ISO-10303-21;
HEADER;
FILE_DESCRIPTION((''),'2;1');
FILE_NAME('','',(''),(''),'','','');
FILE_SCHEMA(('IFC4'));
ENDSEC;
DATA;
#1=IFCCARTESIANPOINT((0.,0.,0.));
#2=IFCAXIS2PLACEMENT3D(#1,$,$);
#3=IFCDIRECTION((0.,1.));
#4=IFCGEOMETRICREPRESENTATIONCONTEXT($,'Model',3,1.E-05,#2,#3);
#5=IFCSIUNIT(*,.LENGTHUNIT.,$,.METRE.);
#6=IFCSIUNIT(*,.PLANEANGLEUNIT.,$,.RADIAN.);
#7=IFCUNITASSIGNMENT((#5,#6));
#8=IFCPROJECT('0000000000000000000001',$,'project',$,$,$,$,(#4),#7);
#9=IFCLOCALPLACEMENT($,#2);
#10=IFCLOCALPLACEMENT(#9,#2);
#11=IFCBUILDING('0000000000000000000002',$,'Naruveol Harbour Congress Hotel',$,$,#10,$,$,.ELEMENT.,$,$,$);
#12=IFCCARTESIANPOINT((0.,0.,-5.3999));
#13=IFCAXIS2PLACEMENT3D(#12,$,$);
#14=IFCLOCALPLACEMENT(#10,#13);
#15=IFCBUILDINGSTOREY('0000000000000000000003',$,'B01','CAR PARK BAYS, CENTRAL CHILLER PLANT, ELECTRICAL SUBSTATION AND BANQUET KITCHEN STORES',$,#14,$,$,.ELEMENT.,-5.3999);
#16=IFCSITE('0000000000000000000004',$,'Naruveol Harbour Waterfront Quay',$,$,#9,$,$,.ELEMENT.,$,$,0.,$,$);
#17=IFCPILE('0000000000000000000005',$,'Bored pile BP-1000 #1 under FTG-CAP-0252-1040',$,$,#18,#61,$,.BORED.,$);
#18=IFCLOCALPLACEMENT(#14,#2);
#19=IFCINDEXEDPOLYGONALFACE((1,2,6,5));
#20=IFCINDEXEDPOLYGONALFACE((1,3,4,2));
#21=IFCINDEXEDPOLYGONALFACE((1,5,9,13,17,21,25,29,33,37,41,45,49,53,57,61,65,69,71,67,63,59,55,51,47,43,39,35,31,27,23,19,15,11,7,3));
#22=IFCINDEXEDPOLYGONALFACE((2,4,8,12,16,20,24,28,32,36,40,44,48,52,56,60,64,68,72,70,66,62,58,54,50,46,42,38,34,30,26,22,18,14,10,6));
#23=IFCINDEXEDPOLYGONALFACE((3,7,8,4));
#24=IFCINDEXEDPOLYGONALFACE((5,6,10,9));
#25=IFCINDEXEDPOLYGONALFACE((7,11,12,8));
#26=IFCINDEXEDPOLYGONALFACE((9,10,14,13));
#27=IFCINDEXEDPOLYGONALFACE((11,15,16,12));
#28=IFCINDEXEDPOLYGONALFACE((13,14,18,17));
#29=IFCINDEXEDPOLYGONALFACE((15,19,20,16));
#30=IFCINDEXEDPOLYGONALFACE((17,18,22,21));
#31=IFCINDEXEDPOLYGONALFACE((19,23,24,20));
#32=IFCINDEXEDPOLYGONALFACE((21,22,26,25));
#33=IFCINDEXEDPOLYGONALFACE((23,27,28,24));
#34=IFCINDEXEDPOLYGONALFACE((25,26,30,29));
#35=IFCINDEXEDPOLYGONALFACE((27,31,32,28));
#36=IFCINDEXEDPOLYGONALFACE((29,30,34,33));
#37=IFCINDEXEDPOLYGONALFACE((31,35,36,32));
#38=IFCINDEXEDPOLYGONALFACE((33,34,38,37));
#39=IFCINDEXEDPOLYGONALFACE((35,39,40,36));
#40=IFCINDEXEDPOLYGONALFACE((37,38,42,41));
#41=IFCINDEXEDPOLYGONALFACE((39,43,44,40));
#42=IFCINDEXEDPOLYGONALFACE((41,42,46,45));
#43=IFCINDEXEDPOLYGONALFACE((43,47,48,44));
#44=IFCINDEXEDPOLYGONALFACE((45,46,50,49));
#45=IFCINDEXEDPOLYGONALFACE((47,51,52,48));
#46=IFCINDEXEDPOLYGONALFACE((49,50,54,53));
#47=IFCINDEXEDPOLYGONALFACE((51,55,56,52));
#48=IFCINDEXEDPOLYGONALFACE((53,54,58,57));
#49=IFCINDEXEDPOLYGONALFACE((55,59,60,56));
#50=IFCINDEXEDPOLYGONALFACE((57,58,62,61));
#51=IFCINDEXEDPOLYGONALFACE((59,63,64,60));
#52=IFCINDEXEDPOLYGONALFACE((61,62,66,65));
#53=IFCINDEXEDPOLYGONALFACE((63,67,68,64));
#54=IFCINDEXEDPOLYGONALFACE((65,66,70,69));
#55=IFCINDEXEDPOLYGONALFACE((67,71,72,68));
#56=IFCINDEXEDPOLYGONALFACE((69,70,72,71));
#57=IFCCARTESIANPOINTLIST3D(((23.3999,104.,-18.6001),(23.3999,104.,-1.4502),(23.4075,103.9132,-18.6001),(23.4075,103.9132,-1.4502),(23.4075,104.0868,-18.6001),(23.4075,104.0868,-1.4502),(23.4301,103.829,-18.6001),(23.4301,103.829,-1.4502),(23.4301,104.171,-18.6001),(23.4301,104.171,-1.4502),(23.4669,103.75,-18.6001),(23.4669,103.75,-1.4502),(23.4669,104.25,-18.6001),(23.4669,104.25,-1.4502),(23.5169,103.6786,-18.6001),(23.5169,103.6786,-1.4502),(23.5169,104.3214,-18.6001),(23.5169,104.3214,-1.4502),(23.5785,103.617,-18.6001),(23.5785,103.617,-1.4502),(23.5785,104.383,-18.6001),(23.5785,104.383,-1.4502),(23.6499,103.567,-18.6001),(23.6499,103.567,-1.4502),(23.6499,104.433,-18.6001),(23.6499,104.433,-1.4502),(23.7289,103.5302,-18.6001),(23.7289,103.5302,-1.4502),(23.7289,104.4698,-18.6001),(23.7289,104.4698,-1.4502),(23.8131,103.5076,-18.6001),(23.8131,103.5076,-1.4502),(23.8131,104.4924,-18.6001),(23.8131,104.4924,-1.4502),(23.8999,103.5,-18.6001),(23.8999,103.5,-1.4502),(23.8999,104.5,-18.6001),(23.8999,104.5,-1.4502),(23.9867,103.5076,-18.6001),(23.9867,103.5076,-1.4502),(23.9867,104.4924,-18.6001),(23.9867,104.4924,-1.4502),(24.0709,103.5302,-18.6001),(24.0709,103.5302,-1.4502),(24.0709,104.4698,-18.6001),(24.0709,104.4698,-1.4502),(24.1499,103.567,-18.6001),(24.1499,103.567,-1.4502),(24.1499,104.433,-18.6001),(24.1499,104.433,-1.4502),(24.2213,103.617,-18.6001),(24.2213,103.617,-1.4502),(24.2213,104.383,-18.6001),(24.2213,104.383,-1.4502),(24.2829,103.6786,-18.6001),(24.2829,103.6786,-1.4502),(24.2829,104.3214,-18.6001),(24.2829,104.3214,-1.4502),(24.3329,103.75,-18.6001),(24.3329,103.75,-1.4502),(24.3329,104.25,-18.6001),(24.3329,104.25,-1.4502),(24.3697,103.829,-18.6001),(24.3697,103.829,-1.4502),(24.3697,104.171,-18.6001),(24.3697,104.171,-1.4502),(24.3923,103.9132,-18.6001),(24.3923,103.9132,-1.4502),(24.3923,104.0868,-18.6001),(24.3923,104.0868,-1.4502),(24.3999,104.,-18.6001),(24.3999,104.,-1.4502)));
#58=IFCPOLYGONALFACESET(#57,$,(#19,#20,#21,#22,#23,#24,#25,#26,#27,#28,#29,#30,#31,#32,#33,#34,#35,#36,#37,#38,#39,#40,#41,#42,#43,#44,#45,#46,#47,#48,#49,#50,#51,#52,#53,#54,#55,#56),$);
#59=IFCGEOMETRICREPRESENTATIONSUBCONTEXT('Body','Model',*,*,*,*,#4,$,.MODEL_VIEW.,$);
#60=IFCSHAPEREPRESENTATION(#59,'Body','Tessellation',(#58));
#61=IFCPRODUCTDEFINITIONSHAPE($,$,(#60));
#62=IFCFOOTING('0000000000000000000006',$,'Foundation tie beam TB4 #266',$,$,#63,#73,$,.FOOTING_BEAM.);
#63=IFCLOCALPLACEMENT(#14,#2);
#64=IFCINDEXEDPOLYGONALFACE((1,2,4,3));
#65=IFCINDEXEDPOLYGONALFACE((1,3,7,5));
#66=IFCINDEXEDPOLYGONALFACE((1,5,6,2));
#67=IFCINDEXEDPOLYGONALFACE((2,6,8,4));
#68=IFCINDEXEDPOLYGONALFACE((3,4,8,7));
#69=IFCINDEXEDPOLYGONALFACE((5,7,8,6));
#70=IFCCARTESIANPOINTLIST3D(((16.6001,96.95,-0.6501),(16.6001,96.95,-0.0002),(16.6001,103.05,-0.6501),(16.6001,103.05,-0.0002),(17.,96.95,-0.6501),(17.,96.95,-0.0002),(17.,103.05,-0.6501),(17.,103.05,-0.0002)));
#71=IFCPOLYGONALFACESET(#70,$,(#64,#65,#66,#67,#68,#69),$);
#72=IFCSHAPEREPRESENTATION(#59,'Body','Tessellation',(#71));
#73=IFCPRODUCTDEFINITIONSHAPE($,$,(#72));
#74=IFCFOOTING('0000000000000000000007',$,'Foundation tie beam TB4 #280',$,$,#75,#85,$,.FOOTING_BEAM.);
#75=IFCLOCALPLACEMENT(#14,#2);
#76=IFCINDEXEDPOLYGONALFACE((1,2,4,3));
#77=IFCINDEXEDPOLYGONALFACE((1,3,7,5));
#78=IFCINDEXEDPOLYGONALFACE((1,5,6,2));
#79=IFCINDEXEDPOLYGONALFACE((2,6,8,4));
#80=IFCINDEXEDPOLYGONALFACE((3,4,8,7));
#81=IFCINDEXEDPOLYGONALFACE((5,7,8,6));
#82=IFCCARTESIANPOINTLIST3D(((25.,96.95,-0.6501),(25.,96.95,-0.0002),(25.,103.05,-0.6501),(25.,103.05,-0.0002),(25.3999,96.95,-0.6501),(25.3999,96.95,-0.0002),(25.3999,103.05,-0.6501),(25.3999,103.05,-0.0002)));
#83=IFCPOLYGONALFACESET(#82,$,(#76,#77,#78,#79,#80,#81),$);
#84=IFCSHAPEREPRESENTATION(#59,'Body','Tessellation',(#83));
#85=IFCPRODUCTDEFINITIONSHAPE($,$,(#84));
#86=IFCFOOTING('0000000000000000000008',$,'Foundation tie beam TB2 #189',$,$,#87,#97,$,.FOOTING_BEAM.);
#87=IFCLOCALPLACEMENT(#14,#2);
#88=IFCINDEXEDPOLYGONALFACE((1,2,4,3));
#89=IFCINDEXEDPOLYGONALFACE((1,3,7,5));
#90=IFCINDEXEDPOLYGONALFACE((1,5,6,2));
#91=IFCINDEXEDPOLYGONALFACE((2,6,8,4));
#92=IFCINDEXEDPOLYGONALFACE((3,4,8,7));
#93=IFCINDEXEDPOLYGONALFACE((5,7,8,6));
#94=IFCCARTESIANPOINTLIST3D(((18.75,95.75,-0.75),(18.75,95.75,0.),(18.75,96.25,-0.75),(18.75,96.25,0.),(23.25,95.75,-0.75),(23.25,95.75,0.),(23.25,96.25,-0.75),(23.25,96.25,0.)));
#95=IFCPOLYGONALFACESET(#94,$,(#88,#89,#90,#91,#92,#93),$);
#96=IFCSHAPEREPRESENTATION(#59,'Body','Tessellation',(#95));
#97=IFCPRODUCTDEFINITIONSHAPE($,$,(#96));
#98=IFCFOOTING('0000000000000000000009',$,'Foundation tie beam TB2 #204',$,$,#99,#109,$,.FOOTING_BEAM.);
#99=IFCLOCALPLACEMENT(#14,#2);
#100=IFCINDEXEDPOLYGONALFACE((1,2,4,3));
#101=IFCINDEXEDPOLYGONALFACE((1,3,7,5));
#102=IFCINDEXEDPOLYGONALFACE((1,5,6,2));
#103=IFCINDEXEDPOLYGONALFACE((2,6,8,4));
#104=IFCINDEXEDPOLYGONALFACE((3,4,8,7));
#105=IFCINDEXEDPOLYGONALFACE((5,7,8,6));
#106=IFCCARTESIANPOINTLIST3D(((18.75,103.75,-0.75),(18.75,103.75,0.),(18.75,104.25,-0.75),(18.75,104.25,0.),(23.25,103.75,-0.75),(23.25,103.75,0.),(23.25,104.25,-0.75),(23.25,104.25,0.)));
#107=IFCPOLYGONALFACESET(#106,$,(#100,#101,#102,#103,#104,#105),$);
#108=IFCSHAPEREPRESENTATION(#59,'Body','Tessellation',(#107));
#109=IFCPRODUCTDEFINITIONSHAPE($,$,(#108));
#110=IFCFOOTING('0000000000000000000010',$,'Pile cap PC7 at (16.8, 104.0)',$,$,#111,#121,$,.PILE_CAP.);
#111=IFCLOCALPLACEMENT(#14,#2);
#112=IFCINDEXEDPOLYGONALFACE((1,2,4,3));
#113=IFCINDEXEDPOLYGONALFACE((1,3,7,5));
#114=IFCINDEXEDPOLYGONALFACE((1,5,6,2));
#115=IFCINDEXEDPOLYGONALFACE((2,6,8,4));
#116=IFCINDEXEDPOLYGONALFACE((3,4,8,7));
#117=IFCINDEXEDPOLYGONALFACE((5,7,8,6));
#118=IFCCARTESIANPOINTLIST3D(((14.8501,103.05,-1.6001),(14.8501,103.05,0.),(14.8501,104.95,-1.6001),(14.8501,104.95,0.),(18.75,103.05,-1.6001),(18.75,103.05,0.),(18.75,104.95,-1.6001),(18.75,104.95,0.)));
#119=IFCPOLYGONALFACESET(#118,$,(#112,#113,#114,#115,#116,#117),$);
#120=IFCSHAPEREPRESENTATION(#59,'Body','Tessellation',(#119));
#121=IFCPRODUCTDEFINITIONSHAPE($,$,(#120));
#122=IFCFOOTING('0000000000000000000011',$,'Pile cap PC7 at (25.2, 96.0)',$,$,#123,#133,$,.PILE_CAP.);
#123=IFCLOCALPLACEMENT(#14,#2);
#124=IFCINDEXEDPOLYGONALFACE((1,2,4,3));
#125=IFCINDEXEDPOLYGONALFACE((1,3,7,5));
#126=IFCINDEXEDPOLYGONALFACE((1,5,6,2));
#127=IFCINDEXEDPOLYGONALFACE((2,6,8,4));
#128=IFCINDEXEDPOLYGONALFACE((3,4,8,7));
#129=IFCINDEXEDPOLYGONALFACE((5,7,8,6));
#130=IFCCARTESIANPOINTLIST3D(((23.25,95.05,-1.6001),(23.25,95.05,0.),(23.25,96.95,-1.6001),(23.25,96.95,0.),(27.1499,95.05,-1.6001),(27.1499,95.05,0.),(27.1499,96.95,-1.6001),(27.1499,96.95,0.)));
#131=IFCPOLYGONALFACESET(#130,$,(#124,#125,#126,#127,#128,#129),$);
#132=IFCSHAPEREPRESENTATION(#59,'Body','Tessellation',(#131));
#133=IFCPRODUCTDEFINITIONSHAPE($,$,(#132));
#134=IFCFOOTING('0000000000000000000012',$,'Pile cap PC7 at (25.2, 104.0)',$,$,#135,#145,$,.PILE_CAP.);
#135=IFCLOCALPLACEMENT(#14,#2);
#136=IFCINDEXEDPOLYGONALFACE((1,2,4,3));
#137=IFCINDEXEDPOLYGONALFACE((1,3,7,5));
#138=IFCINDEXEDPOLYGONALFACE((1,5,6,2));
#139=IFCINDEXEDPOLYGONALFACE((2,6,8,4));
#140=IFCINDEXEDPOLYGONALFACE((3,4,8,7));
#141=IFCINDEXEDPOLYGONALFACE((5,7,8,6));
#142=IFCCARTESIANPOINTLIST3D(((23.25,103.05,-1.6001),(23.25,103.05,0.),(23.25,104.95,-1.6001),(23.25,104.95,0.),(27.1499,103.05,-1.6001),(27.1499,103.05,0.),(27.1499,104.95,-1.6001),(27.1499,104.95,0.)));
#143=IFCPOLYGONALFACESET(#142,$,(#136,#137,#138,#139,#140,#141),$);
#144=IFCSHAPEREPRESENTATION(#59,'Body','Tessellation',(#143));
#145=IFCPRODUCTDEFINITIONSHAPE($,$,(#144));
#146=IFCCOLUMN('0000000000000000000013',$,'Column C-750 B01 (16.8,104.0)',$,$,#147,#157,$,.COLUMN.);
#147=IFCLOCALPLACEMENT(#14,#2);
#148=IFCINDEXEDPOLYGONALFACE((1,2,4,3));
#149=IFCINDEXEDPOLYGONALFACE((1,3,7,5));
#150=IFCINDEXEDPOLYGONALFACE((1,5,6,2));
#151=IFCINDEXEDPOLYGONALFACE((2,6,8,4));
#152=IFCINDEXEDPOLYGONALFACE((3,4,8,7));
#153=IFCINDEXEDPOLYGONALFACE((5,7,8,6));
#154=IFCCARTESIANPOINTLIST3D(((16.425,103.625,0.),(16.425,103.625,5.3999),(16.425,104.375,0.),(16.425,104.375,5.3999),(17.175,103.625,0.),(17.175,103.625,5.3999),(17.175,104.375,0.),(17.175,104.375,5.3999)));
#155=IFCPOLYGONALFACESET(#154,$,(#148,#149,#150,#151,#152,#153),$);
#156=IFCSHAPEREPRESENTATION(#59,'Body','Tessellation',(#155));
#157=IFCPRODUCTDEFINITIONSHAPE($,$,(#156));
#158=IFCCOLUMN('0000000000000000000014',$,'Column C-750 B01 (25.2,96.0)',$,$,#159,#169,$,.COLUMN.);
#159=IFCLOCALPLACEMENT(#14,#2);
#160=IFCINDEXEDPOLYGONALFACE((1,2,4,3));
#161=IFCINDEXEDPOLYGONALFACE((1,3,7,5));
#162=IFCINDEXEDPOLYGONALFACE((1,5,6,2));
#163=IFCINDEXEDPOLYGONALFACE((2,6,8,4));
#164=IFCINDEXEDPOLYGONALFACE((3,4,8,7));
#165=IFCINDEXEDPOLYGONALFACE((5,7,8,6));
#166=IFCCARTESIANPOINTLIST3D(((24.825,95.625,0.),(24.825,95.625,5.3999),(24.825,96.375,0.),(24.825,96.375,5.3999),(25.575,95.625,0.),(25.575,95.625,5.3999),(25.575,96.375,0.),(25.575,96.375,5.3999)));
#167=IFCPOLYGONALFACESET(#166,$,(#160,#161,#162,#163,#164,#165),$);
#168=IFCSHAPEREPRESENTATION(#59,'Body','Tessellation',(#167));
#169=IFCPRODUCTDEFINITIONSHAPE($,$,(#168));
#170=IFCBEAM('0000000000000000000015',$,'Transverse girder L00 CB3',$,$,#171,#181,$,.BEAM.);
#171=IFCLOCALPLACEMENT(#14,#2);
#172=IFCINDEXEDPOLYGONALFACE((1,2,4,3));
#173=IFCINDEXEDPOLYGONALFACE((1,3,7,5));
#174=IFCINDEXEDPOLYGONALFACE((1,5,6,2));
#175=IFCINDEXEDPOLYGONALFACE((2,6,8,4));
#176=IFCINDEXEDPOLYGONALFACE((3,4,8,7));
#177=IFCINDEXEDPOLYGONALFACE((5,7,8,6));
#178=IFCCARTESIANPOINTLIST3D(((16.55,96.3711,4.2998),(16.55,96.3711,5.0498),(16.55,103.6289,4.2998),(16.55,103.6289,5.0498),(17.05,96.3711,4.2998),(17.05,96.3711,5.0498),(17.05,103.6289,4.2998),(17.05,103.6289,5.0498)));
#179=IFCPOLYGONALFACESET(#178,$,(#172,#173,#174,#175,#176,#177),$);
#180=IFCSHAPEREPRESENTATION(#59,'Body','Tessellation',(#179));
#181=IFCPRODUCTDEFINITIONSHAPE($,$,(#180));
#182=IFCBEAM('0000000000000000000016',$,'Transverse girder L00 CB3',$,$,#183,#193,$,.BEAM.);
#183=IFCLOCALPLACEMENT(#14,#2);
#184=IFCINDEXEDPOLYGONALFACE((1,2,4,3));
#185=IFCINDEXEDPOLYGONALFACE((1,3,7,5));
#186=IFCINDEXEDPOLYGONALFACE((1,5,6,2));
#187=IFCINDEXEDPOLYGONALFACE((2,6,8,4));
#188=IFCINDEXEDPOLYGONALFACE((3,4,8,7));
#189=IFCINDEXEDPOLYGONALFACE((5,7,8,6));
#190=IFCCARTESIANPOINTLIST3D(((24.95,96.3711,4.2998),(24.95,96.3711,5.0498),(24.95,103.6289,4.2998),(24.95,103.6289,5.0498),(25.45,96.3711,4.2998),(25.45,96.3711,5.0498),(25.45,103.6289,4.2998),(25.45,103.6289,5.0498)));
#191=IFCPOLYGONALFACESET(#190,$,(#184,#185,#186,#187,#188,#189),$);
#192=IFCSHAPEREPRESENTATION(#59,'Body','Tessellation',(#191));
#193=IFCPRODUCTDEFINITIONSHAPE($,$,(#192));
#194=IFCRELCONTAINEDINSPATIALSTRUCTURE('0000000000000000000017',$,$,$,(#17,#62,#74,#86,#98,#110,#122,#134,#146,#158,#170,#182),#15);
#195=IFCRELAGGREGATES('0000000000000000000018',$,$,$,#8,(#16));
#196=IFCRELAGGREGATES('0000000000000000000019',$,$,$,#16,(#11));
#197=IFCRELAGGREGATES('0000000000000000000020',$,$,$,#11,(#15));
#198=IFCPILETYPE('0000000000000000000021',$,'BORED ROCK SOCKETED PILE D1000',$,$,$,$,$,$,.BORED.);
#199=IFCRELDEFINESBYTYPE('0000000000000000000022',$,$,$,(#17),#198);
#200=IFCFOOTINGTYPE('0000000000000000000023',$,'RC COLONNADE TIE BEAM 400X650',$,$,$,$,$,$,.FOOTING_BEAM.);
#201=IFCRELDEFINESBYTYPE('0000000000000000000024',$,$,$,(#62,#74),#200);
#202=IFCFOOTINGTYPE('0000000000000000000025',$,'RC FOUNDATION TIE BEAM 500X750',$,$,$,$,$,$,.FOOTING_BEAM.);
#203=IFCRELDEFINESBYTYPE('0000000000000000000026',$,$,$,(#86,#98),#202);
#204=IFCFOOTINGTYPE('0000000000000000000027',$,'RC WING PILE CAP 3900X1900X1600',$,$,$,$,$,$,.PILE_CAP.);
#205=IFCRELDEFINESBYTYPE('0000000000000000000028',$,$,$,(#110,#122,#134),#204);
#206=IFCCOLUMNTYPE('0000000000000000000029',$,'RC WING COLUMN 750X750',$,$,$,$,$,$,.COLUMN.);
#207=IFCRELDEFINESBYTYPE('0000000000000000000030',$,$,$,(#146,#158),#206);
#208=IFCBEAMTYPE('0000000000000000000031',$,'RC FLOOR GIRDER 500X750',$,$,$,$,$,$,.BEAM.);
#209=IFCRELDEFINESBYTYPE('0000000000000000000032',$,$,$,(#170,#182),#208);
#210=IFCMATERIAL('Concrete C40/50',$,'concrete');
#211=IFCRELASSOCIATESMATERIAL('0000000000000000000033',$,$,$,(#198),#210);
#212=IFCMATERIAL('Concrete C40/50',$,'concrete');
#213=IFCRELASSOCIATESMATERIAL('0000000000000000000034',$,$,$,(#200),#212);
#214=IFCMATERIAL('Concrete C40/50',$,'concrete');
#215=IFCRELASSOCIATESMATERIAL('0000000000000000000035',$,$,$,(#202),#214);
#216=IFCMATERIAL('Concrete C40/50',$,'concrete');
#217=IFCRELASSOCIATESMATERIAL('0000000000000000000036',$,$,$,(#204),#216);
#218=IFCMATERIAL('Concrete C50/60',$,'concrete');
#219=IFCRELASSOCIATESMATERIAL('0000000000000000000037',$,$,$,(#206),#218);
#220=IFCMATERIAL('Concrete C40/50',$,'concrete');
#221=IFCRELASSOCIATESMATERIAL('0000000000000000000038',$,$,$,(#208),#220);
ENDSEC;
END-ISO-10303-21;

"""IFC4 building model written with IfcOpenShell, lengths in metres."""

from ifc_helpers import new_model, si_unit, direction, frame, origin, origin_2d, place, context, subcontext, project, spatial, rectangle, circle, extrude, material, material_profile, profile_set, type_object, element, save


model = new_model("IFC4")

# Units and contexts
model_context = context("Model", 3, precision=1e-05, world=origin(), true_north=direction((0.0, 1.0)))
body_context = subcontext(model_context, "Body", "Model", "MODEL_VIEW")
ifc_project = project(units=[si_unit("LENGTHUNIT", "METRE"), si_unit("PLANEANGLEUNIT", "RADIAN")], contexts=[model_context])

# Site, building, storey
site_placement = place(None, origin())
site = spatial("IfcSite", under=ifc_project, at=site_placement, Name="Naruveol Harbour Waterfront Quay", CompositionType="ELEMENT", RefElevation=0.0)
building_placement = place(site_placement, origin())
building = spatial("IfcBuilding", under=site, at=building_placement, Name="Naruveol Harbour Congress Hotel", CompositionType="ELEMENT")
storey_placement = place(building_placement, frame((0.0, 0.0, -5.3999)))
storey = spatial("IfcBuildingStorey", under=building, at=storey_placement, Name="B01", Description="CAR PARK BAYS, CENTRAL CHILLER PLANT, ELECTRICAL SUBSTATION AND BANQUET KITCHEN STORES", CompositionType="ELEMENT", Elevation=-5.3999)

# Pile
ifc_material_1 = material(Name="Concrete C40/50", Category="concrete")
ifc_material_profile_1 = material_profile(ifc_material_1, circle(Radius=0.5, at=origin_2d()), Name="BP-1000")
ifc_profile_set_1 = profile_set([ifc_material_profile_1], Name="Concrete C40/50")
pile_type = type_object("IfcPileType", Name="BORED ROCK SOCKETED PILE D1000", PredefinedType="BORED", material=ifc_profile_set_1)
for number, where, z_axis, x_axis, name in (
    (1, (23.8999, 104.0, -1.4502), (0.0, 0.0, -1.0), (1.0, 0.0, 0.0), "Bored pile BP-1000 #1 under FTG-CAP-0252-1040"),
):
    element("IfcPile", number, at=place(storey_placement, frame(where, z_axis=z_axis, x_axis=x_axis)), inside=storey, type_object=pile_type, Name=name, PredefinedType="BORED", context=body_context, shape_type="SweptSolid", body=[
        extrude(circle(Radius=0.5, at=origin_2d()), origin(), (0.0, 0.0, 1.0), 17.1499),
    ])

# Footings
ifc_material_2 = material(Name="Concrete C40/50", Category="concrete")
ifc_material_profile_2 = material_profile(ifc_material_2, rectangle(XDim=0.3999, YDim=0.6499, at=origin_2d()), Name="RCB-400x650")
ifc_profile_set_2 = profile_set([ifc_material_profile_2], Name="Concrete C40/50")
footing_type_1 = type_object("IfcFootingType", Name="RC COLONNADE TIE BEAM 400X650", PredefinedType="FOOTING_BEAM", material=ifc_profile_set_2)
for number, where, z_axis, x_axis, name in (
    (2, (16.8, 96.95, -0.3252), (0.0, 1.0, 0.0), (-1.0, 0.0, 0.0), "Foundation tie beam TB4 #266"),
    (3, (25.2, 96.95, -0.3252), (0.0, 1.0, 0.0), (-1.0, 0.0, 0.0), "Foundation tie beam TB4 #280"),
):
    element("IfcFooting", number, at=place(storey_placement, frame(where, z_axis=z_axis, x_axis=x_axis)), inside=storey, type_object=footing_type_1, Name=name, PredefinedType="FOOTING_BEAM", context=body_context, shape_type="SweptSolid", body=[
        extrude(rectangle(XDim=0.3999, YDim=0.6499, at=origin_2d()), origin(), (0.0, 0.0, 1.0), 6.1001),
    ])
ifc_material_3 = material(Name="Concrete C40/50", Category="concrete")
ifc_material_profile_3 = material_profile(ifc_material_3, rectangle(XDim=0.5, YDim=0.75, at=origin_2d()), Name="RCB-500x750")
ifc_profile_set_3 = profile_set([ifc_material_profile_3], Name="Concrete C40/50")
footing_type_2 = type_object("IfcFootingType", Name="RC FOUNDATION TIE BEAM 500X750", PredefinedType="FOOTING_BEAM", material=ifc_profile_set_3)
for number, where, z_axis, x_axis, name in (
    (4, (18.75, 96.0, -0.375), (1.0, 0.0, 0.0), (0.0, 1.0, 0.0), "Foundation tie beam TB2 #189"),
    (5, (18.75, 104.0, -0.375), (1.0, 0.0, 0.0), (0.0, 1.0, 0.0), "Foundation tie beam TB2 #204"),
):
    element("IfcFooting", number, at=place(storey_placement, frame(where, z_axis=z_axis, x_axis=x_axis)), inside=storey, type_object=footing_type_2, Name=name, PredefinedType="FOOTING_BEAM", context=body_context, shape_type="SweptSolid", body=[
        extrude(rectangle(XDim=0.5, YDim=0.75, at=origin_2d()), origin(), (0.0, 0.0, 1.0), 4.5),
    ])
ifc_material_4 = material(Name="Concrete C40/50", Category="concrete")
footing_type_3 = type_object("IfcFootingType", Name="RC WING PILE CAP 3900X1900X1600", PredefinedType="PILE_CAP", material=ifc_material_4)
for number, where, z_axis, x_axis, name in (
    (6, (16.8, 104.0, -1.6001), (0.0, 0.0, 1.0), (1.0, 0.0, 0.0), "Pile cap PC7 at (16.8, 104.0)"),
    (7, (25.2, 96.0, -1.6001), (0.0, 0.0, 1.0), (1.0, 0.0, 0.0), "Pile cap PC7 at (25.2, 96.0)"),
    (8, (25.2, 104.0, -1.6001), (0.0, 0.0, 1.0), (1.0, 0.0, 0.0), "Pile cap PC7 at (25.2, 104.0)"),
):
    element("IfcFooting", number, at=place(storey_placement, frame(where, z_axis=z_axis, x_axis=x_axis)), inside=storey, type_object=footing_type_3, Name=name, PredefinedType="PILE_CAP", context=body_context, shape_type="SweptSolid", body=[
        extrude(rectangle(XDim=3.8999, YDim=1.8999, at=origin_2d()), origin(), (0.0, 0.0, 1.0), 1.6001),
    ])

# Columns
ifc_material_5 = material(Name="Concrete C50/60", Category="concrete")
ifc_material_profile_4 = material_profile(ifc_material_5, rectangle(XDim=0.75, YDim=0.75, at=origin_2d()), Name="RC-750x750")
ifc_profile_set_4 = profile_set([ifc_material_profile_4], Name="Concrete C50/60")
column_type = type_object("IfcColumnType", Name="RC WING COLUMN 750X750", PredefinedType="COLUMN", material=ifc_profile_set_4)
for number, where, z_axis, x_axis, name in (
    (9, (16.8, 104.0, 0.0), (0.0, 0.0, 1.0), (1.0, 0.0, 0.0), "Column C-750 B01 (16.8,104.0)"),
    (10, (25.2, 96.0, 0.0), (0.0, 0.0, 1.0), (1.0, 0.0, 0.0), "Column C-750 B01 (25.2,96.0)"),
):
    element("IfcColumn", number, at=place(storey_placement, frame(where, z_axis=z_axis, x_axis=x_axis)), inside=storey, type_object=column_type, Name=name, PredefinedType="COLUMN", context=body_context, shape_type="SweptSolid", body=[
        extrude(rectangle(XDim=0.75, YDim=0.75, at=origin_2d()), origin(), (0.0, 0.0, 1.0), 5.3999),
    ])

# Beams
ifc_material_6 = material(Name="Concrete C40/50", Category="concrete")
ifc_material_profile_5 = material_profile(ifc_material_6, rectangle(XDim=0.5, YDim=0.75, at=origin_2d()), Name="RCB-500x750")
ifc_profile_set_5 = profile_set([ifc_material_profile_5], Name="Concrete C40/50")
beam_type_1 = type_object("IfcBeamType", Name="RC FLOOR GIRDER 500X750", PredefinedType="BEAM", material=ifc_profile_set_5)
for number, where, z_axis, x_axis, name in (
    (11, (16.8, 96.3711, 4.6748), (0.0, 1.0, 0.0), (-1.0, 0.0, 0.0), "Transverse girder L00 CB3"),
    (12, (25.2, 96.3711, 4.6748), (0.0, 1.0, 0.0), (-1.0, 0.0, 0.0), "Transverse girder L00 CB3"),
):
    element("IfcBeam", number, at=place(storey_placement, frame(where, z_axis=z_axis, x_axis=x_axis)), inside=storey, type_object=beam_type_1, Name=name, PredefinedType="BEAM", context=body_context, shape_type="SweptSolid", body=[
        extrude(rectangle(XDim=0.5, YDim=0.75, at=origin_2d()), origin(), (0.0, 0.0, 1.0), 7.2578),
    ])

save(model, "model.ifc")
